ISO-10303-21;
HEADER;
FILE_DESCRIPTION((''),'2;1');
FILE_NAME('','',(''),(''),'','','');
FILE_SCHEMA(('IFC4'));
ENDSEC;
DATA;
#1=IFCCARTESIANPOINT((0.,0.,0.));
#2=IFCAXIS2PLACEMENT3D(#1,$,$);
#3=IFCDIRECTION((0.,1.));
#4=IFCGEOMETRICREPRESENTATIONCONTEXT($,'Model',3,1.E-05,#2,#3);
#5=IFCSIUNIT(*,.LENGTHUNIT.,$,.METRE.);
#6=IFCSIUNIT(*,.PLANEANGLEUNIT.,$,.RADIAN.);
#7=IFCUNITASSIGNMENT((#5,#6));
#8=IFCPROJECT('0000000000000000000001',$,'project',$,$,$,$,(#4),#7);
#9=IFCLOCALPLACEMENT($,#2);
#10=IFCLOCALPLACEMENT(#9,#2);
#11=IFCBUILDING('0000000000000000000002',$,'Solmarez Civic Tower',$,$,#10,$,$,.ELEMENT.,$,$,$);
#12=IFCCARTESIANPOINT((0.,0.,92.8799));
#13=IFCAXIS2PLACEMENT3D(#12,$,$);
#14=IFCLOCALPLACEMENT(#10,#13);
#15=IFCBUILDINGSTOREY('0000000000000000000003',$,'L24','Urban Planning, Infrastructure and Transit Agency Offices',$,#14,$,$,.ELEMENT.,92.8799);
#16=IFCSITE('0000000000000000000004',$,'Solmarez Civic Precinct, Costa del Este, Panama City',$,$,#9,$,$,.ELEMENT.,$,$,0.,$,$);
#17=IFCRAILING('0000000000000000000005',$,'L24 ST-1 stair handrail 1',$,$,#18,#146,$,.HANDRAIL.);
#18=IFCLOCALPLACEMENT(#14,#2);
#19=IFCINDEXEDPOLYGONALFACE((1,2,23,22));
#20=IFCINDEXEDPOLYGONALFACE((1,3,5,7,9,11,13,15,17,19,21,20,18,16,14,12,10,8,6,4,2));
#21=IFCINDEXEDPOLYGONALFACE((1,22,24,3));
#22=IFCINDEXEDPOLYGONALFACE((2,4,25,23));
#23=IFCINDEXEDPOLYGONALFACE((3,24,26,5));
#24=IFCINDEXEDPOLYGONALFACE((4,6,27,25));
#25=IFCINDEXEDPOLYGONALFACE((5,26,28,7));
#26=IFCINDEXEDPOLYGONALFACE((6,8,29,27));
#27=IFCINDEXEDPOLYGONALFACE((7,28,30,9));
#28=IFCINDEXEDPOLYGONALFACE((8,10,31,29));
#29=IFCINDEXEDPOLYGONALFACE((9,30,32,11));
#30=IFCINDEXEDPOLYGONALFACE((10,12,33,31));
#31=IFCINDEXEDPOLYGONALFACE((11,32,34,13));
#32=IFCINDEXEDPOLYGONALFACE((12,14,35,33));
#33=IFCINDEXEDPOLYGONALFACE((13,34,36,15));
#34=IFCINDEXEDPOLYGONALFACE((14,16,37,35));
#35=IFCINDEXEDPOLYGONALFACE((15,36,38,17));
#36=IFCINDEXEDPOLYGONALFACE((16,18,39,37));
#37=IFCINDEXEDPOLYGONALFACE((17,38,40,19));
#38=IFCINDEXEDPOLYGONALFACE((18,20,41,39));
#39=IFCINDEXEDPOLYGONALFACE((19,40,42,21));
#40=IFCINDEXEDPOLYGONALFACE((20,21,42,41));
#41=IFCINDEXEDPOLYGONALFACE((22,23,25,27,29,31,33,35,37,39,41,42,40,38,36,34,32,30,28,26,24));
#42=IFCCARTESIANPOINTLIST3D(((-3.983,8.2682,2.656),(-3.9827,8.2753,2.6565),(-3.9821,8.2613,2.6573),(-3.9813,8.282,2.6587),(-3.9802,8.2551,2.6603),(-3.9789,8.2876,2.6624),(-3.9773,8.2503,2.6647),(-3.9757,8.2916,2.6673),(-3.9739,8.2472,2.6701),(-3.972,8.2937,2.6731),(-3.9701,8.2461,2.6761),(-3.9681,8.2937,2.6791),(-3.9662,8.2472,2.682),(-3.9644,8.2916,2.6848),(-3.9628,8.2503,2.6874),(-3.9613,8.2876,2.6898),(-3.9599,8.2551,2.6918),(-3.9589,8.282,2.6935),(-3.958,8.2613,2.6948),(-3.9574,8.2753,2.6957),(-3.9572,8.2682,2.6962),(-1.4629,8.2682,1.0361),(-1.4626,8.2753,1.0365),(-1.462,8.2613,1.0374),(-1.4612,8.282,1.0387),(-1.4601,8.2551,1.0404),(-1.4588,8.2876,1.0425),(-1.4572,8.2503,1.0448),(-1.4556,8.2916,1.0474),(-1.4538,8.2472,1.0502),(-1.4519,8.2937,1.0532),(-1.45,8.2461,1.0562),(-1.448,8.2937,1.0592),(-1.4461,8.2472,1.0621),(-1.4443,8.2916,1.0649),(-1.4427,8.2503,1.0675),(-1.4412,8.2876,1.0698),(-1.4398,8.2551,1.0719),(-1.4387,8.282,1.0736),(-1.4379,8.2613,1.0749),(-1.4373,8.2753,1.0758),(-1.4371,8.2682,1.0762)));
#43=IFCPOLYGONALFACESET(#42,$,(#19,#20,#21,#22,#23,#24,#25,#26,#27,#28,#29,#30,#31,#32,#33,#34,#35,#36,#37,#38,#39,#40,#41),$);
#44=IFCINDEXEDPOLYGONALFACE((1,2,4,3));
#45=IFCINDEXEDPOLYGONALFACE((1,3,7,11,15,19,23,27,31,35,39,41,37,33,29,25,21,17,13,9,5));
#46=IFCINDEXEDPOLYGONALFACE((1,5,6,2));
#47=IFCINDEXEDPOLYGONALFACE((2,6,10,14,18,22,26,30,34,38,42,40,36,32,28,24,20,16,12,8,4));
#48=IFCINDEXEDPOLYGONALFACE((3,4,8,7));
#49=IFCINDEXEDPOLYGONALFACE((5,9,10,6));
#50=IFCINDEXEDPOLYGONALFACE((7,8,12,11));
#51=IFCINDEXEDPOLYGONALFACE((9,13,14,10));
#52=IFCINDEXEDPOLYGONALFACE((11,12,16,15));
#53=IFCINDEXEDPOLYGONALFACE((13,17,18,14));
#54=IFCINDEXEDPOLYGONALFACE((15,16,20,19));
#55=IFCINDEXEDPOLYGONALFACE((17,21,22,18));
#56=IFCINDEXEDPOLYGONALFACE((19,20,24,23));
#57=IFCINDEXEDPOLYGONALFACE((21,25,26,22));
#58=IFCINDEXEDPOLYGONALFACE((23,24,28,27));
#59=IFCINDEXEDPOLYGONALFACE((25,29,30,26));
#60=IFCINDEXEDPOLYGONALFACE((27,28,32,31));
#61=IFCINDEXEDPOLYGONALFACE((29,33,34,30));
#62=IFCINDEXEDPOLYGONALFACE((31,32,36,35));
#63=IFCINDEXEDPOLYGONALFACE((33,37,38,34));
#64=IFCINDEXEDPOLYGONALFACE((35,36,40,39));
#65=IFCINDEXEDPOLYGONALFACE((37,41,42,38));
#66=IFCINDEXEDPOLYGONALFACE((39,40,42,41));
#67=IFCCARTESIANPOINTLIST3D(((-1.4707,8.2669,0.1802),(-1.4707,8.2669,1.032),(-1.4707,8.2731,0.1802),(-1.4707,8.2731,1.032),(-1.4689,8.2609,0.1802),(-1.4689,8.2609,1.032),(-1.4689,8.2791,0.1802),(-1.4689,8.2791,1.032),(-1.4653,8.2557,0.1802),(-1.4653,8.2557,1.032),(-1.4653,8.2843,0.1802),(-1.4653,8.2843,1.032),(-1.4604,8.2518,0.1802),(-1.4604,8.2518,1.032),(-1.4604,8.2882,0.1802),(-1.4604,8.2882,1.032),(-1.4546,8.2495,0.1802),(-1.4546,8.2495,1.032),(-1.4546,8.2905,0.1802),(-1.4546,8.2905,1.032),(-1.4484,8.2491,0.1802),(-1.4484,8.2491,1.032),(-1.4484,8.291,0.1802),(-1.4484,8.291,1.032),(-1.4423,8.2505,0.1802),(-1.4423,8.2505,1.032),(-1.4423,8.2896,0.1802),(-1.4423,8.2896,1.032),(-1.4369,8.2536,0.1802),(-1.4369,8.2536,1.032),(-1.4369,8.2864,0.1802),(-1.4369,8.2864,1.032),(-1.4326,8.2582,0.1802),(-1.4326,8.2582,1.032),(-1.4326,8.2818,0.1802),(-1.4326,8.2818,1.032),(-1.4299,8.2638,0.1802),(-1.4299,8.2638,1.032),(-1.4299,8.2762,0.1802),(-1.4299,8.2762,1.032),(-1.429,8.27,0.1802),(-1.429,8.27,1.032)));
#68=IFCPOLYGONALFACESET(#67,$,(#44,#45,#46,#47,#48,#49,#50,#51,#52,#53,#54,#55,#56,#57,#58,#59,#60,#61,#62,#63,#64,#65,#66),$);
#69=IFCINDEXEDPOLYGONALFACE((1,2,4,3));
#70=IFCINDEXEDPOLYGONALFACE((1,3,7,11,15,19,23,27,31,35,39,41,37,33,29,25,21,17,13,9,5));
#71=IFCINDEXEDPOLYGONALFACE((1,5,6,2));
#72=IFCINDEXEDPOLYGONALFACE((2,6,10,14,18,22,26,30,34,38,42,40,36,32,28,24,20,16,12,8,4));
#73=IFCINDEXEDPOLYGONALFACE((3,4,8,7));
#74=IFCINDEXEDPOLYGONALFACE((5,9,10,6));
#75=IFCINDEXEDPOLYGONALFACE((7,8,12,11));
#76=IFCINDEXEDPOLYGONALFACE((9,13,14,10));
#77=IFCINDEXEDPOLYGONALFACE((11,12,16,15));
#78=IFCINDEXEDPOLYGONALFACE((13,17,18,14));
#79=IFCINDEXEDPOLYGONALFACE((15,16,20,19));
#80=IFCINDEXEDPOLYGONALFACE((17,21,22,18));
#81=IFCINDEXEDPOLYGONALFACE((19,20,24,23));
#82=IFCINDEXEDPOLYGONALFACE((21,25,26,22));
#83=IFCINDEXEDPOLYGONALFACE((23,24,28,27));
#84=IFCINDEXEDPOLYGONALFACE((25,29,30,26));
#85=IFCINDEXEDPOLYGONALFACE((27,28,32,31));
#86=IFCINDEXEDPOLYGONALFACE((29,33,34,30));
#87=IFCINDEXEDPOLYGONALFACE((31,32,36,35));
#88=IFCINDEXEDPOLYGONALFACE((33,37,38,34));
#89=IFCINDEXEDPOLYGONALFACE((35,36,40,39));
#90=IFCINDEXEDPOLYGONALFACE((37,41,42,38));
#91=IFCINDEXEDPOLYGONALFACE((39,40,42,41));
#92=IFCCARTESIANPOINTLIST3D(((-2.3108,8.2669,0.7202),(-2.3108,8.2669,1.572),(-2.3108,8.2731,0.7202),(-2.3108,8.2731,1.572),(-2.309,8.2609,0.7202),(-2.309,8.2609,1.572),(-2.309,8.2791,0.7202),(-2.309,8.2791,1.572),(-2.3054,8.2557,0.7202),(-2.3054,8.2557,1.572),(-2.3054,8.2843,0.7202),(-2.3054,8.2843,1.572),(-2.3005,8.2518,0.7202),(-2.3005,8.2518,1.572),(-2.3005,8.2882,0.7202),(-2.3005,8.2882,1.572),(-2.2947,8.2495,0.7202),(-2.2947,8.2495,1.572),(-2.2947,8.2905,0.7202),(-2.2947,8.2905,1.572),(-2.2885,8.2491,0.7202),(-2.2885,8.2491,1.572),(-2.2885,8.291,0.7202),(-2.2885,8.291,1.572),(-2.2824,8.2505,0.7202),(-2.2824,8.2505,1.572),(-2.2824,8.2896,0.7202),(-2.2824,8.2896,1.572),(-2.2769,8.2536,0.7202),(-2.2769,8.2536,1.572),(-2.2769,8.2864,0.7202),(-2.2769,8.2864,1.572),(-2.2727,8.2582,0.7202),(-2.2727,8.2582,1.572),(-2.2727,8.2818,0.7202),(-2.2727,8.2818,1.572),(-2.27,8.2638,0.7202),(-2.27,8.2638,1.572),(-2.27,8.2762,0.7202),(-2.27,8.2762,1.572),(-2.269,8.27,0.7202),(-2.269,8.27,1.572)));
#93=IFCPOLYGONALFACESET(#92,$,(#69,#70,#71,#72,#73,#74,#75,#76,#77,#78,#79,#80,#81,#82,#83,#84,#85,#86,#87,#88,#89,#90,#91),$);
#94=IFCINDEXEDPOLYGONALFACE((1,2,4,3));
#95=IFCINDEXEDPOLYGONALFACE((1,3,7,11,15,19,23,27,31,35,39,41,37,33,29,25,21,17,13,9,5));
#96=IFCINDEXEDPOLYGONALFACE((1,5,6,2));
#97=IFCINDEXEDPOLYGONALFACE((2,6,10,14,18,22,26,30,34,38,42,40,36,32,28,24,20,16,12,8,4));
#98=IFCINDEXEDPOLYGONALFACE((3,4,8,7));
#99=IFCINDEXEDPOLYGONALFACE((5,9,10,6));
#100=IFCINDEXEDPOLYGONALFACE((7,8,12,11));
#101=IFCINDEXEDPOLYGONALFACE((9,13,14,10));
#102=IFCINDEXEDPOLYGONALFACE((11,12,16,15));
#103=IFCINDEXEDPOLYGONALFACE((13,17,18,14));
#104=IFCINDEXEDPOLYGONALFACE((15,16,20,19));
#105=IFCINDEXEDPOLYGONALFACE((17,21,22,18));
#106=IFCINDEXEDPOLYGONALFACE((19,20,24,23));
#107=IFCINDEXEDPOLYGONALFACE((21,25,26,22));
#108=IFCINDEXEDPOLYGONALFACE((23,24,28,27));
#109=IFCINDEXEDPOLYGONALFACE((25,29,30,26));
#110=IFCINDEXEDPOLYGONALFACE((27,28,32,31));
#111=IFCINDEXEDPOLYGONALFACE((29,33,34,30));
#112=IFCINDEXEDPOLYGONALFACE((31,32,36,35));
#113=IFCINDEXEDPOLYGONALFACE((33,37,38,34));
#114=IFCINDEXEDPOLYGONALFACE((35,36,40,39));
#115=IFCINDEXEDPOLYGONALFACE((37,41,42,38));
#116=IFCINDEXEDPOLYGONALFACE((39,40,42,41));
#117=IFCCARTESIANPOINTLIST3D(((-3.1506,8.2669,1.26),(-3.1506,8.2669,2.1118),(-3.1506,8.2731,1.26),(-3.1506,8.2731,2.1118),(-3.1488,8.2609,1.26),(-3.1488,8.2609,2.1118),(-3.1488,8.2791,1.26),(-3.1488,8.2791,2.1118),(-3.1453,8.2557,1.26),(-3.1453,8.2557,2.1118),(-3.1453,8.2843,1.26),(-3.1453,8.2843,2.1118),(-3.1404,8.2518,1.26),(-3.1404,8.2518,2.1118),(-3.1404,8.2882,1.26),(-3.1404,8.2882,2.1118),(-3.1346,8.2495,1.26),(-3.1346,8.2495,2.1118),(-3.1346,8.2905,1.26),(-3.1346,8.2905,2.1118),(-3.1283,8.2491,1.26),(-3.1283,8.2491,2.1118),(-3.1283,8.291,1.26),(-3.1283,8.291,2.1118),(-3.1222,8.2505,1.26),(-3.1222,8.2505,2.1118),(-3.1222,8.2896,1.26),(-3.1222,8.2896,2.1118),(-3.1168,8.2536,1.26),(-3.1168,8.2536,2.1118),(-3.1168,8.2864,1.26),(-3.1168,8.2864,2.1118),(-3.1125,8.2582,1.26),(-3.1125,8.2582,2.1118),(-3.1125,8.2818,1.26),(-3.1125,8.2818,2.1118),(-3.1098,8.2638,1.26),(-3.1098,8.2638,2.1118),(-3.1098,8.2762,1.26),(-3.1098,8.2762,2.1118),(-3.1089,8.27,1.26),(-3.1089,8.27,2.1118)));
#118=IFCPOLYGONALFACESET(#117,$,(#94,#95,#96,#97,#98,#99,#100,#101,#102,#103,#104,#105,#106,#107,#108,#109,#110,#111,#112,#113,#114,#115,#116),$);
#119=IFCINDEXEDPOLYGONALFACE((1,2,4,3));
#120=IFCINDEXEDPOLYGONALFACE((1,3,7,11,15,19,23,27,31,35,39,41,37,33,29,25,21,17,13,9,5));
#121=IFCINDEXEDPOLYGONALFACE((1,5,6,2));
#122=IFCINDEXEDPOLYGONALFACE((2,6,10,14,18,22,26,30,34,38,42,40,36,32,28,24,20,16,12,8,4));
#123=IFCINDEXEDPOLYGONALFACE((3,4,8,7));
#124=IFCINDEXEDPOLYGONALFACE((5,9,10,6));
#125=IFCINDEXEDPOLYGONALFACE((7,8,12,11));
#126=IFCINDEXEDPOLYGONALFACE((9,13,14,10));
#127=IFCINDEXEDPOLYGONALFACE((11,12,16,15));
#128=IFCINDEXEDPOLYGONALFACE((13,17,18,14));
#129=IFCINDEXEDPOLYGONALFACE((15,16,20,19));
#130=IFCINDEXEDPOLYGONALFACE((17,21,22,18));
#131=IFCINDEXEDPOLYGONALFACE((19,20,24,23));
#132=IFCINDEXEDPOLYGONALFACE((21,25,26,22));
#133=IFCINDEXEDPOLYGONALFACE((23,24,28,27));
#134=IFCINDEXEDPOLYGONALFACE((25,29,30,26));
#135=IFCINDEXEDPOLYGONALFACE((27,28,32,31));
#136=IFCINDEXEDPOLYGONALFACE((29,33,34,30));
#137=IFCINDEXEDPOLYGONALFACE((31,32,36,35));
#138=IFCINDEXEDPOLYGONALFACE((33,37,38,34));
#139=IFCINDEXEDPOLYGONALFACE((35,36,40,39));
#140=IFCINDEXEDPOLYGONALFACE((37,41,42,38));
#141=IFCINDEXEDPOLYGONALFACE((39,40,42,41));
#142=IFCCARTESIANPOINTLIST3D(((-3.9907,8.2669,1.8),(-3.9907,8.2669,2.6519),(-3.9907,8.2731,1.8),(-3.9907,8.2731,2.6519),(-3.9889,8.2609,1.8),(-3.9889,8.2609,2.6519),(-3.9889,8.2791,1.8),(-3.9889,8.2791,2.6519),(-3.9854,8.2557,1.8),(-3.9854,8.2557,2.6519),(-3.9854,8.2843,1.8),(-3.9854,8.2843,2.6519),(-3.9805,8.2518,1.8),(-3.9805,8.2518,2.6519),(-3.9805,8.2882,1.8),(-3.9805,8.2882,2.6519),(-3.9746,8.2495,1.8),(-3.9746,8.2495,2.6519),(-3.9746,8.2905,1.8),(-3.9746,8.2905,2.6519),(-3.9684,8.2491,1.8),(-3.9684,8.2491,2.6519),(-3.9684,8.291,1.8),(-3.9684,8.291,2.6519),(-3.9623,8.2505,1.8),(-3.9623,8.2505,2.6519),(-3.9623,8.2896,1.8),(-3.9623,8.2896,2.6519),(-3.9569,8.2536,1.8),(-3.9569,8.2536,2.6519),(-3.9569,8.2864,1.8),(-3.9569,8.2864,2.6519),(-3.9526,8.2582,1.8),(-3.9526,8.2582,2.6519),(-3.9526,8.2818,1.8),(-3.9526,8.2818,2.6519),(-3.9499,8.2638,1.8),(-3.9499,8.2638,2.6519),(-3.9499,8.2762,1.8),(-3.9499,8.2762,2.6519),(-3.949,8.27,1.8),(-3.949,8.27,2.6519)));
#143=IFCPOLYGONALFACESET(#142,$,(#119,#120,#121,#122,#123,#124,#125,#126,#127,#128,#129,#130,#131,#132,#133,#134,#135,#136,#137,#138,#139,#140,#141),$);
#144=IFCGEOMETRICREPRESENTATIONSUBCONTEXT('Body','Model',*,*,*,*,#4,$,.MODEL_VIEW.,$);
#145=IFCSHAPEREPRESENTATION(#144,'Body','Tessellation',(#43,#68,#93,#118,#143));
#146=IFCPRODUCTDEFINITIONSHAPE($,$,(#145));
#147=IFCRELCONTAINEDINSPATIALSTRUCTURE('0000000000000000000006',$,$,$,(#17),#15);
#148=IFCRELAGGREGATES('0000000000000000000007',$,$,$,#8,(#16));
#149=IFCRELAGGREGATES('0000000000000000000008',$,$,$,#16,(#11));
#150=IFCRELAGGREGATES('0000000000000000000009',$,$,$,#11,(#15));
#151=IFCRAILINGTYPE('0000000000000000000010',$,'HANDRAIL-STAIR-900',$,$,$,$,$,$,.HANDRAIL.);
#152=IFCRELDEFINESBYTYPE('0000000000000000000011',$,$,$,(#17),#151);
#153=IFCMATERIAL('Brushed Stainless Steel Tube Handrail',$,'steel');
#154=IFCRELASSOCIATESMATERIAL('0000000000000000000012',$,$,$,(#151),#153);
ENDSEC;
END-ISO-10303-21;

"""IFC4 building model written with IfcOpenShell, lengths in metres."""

from ifc_helpers import new_model, si_unit, direction, frame, origin, origin_2d, place, context, subcontext, project, spatial, circle, extrude, material, type_object, element, save


model = new_model("IFC4")

# Units and contexts
model_context = context("Model", 3, precision=1e-05, world=origin(), true_north=direction((0.0, 1.0)))
body_context = subcontext(model_context, "Body", "Model", "MODEL_VIEW")
ifc_project = project(units=[si_unit("LENGTHUNIT", "METRE"), si_unit("PLANEANGLEUNIT", "RADIAN")], contexts=[model_context])

# Site, building, storey
site_placement = place(None, origin())
site = spatial("IfcSite", under=ifc_project, at=site_placement, Name="Solmarez Civic Precinct, Costa del Este, Panama City", CompositionType="ELEMENT", RefElevation=0.0)
building_placement = place(site_placement, origin())
building = spatial("IfcBuilding", under=site, at=building_placement, Name="Solmarez Civic Tower", CompositionType="ELEMENT")
storey_placement = place(building_placement, frame((0.0, 0.0, 92.8799)))
storey = spatial("IfcBuildingStorey", under=building, at=storey_placement, Name="L24", Description="Urban Planning, Infrastructure and Transit Agency Offices", CompositionType="ELEMENT", Elevation=92.8799)

# Railing
ifc_material_1 = material(Name="Brushed Stainless Steel Tube Handrail", Category="steel")
railing_type_1 = type_object("IfcRailingType", Name="HANDRAIL-STAIR-900", PredefinedType="HANDRAIL", material=ifc_material_1)
railing_1_placement = place(storey_placement, frame((-1.45, 8.27, 0.1802)))
element("IfcRailing", 1, at=railing_1_placement, inside=storey, type_object=railing_type_1, Name="L24 ST-1 stair handrail 1", PredefinedType="HANDRAIL", context=body_context, shape_type="SweptSolid", body=[
    extrude(circle(Radius=0.0239, at=origin_2d()), frame((0.0, 0.0, 0.876), z_axis=(-0.8412, 0.0, 0.540725), x_axis=(0.0, -1.0, 0.0)), (0.0, 0.0, 1.0), 2.9958),
    extrude(circle(Radius=0.021, at=origin_2d()), origin(), (0.0, 0.0, 1.0), 0.8518),
    extrude(circle(Radius=0.021, at=origin_2d()), frame((-0.8401, 0.0, 0.54)), (0.0, 0.0, 1.0), 0.8518),
    extrude(circle(Radius=0.021, at=origin_2d()), frame((-1.6799, 0.0, 1.0798)), (0.0, 0.0, 1.0), 0.8518),
    extrude(circle(Radius=0.021, at=origin_2d()), frame((-2.52, 0.0, 1.6199)), (0.0, 0.0, 1.0), 0.8518),
])

save(model, "model.ifc")
